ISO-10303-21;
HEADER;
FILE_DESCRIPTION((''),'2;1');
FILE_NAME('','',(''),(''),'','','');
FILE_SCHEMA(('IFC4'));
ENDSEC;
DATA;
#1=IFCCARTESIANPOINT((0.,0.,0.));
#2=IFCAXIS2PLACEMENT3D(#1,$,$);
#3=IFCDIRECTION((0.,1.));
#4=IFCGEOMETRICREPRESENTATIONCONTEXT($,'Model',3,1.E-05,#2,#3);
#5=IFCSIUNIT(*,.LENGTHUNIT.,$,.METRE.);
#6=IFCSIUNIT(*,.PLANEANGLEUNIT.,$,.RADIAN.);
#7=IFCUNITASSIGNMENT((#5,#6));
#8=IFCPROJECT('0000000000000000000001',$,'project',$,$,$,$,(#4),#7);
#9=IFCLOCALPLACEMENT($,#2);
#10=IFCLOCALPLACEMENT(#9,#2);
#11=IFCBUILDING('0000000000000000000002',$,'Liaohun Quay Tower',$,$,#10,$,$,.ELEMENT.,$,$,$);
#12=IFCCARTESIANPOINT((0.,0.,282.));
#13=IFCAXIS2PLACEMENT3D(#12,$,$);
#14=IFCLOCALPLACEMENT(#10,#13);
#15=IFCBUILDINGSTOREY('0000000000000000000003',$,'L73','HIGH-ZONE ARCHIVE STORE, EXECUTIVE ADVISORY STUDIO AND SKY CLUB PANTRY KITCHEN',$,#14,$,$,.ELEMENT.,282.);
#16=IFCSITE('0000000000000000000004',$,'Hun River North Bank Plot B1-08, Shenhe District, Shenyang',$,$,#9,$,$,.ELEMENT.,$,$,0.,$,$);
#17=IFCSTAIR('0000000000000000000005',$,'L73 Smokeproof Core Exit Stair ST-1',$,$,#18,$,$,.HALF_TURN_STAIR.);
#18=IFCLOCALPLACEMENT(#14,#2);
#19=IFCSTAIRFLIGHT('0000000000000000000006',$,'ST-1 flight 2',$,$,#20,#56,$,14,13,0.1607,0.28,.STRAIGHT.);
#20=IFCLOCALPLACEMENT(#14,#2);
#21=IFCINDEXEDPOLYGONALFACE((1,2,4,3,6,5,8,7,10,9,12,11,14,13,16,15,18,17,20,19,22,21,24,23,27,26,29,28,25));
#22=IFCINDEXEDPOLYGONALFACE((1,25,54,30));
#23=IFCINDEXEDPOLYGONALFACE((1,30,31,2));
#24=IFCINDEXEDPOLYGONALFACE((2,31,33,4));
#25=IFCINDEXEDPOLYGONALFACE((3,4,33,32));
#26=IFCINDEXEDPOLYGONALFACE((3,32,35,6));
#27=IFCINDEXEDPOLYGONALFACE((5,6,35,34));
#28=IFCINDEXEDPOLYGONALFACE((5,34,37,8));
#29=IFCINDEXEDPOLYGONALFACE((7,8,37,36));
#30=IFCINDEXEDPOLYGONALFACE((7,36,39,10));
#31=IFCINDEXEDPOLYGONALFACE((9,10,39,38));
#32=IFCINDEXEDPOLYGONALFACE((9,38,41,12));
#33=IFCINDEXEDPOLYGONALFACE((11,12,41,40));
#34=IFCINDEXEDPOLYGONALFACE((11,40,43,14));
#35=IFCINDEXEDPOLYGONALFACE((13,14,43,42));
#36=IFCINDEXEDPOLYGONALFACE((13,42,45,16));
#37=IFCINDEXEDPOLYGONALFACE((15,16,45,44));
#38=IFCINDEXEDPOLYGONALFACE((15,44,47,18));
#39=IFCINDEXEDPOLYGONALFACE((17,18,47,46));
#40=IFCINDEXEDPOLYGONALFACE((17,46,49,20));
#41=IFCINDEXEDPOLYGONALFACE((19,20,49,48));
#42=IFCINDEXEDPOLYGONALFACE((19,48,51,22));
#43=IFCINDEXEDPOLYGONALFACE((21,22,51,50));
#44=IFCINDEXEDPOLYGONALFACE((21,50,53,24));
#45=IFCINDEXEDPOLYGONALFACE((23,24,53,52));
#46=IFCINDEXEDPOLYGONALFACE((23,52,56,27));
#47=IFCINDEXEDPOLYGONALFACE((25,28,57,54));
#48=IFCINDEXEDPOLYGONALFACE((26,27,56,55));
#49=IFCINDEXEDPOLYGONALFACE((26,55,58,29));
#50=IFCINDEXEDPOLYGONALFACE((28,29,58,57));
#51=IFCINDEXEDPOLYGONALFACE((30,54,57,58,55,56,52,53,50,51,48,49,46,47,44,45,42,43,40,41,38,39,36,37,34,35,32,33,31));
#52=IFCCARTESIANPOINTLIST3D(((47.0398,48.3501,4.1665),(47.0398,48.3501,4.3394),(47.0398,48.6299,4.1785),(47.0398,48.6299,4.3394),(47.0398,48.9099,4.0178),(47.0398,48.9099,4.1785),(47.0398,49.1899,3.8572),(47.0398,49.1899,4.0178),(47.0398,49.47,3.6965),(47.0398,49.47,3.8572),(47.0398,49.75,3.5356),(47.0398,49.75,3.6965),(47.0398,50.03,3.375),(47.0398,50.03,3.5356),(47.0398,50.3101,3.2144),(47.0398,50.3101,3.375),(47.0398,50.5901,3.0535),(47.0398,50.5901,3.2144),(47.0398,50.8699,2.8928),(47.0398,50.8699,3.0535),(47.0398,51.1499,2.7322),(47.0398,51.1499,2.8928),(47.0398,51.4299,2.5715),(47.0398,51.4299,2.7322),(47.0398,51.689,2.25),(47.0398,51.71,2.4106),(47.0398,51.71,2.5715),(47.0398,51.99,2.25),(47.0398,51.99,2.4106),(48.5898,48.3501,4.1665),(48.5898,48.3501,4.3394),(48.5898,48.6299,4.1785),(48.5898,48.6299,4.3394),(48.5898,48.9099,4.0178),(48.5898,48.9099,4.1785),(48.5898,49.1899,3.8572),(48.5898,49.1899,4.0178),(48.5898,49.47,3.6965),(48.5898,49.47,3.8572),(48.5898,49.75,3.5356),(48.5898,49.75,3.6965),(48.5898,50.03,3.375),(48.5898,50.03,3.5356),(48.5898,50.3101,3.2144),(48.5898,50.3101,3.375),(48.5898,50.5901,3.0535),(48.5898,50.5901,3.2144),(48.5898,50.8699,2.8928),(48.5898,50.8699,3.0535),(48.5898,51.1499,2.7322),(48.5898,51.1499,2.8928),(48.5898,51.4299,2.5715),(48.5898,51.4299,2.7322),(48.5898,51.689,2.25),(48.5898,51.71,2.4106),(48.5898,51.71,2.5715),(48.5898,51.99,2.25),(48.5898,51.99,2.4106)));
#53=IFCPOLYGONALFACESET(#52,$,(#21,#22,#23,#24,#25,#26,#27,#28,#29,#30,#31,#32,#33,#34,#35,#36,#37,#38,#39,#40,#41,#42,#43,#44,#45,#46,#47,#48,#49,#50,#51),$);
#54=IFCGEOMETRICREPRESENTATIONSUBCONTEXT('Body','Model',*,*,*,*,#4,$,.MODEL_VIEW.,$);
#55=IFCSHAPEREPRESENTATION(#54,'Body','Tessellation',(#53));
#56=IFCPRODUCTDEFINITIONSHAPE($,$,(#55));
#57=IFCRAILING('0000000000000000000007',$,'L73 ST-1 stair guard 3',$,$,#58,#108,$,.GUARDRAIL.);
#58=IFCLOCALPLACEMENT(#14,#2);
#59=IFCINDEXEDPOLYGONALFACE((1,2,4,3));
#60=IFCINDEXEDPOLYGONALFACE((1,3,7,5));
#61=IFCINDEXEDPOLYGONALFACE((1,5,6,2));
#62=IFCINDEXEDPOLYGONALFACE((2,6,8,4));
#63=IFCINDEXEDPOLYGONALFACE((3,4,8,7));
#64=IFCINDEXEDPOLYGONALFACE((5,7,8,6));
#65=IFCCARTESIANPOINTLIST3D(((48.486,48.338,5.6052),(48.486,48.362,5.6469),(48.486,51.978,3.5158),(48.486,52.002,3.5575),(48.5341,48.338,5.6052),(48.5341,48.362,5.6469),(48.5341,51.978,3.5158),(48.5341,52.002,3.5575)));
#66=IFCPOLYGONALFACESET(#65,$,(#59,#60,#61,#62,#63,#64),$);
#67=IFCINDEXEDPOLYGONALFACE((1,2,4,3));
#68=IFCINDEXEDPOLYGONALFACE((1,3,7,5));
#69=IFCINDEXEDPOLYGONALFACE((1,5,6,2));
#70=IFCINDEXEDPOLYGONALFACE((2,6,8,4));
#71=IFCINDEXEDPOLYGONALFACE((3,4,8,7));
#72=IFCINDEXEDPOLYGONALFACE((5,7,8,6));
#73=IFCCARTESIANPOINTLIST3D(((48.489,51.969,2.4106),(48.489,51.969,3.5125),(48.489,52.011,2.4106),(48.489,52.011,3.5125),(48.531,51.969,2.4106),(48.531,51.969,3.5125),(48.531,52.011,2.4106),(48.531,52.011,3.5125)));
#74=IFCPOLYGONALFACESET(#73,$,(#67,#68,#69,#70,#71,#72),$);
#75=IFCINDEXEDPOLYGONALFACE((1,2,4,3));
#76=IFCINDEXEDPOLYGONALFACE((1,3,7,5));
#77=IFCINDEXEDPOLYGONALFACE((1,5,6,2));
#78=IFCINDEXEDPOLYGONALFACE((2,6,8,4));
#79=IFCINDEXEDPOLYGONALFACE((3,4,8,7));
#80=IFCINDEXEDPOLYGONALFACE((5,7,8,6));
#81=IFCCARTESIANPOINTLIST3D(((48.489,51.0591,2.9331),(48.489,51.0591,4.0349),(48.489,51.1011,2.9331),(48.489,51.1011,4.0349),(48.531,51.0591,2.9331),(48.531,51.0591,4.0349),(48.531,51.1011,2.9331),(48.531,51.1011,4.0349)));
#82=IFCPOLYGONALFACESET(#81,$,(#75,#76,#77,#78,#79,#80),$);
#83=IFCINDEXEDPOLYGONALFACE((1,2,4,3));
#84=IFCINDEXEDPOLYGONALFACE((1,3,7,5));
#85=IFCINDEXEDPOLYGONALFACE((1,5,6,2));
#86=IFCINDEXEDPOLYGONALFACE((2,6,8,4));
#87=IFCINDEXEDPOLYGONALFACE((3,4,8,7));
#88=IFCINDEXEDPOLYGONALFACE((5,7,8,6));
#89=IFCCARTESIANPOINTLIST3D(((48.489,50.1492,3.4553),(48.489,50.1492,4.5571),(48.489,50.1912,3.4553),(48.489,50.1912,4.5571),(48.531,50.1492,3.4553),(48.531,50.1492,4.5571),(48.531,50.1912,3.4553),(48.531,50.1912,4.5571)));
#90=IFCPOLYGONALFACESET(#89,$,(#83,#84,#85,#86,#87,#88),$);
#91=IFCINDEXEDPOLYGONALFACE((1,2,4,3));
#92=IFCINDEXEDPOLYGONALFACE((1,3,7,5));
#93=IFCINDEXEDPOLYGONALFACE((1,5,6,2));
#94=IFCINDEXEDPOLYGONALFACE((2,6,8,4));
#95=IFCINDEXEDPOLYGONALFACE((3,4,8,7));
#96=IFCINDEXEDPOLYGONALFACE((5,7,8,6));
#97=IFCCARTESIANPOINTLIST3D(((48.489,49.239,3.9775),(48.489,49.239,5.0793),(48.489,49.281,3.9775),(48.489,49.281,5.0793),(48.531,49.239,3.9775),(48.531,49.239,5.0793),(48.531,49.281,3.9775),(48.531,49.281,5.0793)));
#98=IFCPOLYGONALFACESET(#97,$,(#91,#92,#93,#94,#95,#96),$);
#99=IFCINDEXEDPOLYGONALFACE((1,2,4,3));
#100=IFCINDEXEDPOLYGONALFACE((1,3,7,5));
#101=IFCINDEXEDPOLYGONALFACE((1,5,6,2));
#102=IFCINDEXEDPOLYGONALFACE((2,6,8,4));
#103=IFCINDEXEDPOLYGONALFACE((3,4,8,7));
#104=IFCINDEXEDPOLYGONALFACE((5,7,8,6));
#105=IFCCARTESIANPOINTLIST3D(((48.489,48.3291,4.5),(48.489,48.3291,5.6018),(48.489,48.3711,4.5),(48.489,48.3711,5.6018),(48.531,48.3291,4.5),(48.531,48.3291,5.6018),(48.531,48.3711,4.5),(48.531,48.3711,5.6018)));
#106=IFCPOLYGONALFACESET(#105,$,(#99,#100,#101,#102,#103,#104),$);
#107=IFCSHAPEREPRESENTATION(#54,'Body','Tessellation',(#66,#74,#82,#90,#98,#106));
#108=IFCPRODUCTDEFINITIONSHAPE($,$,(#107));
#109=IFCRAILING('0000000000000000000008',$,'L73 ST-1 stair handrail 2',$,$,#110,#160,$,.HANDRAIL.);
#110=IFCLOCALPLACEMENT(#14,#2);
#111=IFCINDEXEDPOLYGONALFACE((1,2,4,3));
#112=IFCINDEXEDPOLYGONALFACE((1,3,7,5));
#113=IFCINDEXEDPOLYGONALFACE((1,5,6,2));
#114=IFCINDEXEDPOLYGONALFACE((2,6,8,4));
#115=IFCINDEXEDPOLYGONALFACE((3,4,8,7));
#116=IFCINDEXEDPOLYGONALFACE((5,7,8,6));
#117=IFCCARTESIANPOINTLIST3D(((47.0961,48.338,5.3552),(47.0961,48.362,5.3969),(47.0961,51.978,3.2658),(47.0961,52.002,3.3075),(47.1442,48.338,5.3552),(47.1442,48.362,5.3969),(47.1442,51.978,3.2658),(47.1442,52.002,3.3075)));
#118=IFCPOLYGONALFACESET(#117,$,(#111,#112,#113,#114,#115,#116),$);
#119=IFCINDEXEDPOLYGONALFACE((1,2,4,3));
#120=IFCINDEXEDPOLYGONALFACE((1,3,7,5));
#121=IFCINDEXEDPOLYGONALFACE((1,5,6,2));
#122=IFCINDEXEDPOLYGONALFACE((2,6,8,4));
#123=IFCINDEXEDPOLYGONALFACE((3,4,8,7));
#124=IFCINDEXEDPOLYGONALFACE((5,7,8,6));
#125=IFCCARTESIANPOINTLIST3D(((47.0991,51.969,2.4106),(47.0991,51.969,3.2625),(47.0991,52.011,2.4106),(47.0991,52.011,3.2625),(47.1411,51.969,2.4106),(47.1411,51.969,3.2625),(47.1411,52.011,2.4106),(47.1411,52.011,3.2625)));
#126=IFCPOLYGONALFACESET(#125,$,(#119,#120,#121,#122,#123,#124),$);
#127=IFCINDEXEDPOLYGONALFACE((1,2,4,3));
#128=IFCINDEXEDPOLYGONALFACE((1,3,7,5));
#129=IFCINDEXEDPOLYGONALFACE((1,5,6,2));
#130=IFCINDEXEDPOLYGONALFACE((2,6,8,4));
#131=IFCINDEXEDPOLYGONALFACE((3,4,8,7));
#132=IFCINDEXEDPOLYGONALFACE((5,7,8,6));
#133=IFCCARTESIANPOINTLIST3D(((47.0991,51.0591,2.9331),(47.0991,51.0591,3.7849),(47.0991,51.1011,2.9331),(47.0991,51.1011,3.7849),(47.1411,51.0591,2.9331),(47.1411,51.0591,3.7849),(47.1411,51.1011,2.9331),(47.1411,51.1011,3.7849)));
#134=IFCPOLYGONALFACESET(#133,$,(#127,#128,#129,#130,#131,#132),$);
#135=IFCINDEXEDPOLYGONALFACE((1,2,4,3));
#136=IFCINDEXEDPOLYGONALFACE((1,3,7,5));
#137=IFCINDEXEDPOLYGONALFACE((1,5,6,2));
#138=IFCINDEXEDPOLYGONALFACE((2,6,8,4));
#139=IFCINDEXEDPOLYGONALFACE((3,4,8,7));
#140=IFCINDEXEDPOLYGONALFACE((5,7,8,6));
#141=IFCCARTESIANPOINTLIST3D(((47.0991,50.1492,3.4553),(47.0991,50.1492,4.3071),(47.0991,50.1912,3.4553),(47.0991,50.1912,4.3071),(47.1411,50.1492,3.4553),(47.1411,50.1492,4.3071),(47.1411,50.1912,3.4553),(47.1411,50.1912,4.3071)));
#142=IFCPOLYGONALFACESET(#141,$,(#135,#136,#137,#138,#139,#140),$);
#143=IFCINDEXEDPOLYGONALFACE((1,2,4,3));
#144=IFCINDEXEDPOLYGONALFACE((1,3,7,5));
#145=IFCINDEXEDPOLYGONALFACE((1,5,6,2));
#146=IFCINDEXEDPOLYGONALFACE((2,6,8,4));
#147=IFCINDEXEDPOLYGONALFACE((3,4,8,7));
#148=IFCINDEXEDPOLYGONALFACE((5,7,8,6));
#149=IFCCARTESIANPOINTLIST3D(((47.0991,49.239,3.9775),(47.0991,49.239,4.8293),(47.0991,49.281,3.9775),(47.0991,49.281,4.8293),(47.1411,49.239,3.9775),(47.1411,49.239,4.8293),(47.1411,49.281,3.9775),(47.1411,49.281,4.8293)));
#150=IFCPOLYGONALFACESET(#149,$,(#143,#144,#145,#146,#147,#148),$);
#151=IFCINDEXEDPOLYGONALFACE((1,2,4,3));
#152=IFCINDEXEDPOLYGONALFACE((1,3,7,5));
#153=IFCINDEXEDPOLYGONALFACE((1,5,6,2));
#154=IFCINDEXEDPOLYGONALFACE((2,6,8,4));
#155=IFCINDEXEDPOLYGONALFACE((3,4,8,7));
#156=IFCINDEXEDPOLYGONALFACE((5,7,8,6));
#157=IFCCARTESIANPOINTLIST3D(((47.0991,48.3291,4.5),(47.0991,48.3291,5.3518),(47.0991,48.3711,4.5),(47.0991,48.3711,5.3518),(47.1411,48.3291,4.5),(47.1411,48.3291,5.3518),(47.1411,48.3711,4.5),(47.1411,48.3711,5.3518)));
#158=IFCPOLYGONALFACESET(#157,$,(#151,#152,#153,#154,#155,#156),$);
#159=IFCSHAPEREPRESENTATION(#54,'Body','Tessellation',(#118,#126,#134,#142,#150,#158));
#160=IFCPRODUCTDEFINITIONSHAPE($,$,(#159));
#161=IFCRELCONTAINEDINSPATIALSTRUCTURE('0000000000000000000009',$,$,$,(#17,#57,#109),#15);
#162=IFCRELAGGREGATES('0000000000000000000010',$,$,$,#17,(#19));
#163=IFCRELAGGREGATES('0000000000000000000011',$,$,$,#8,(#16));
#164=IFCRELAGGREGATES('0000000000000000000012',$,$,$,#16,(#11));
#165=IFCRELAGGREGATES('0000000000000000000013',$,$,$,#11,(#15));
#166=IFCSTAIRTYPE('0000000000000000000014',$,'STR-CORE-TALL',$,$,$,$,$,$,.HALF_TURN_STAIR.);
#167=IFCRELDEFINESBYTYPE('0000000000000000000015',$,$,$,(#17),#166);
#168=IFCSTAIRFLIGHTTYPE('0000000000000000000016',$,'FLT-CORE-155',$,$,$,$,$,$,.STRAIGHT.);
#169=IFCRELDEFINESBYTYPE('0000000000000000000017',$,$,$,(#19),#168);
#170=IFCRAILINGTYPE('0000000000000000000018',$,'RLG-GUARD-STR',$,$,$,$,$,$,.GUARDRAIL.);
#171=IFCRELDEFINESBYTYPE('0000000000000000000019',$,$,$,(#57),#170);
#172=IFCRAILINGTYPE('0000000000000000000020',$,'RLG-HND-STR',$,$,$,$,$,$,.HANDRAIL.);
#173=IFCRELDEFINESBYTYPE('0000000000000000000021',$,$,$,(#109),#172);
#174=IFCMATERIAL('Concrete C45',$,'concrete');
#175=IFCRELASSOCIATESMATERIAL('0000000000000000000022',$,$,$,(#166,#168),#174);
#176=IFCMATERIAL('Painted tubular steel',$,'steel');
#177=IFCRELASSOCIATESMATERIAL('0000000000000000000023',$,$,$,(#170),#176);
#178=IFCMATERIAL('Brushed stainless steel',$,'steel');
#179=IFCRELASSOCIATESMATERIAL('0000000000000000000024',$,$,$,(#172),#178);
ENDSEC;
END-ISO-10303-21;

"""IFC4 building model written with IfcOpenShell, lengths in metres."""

from ifc_helpers import new_model, si_unit, direction, frame, origin, origin_2d, place, context, subcontext, project, spatial, polyline, rectangle, outline, extrude, material, type_object, element, aggregate, save


model = new_model("IFC4")

# Units and contexts
model_context = context("Model", 3, precision=1e-05, world=origin(), true_north=direction((0.0, 1.0)))
body_context = subcontext(model_context, "Body", "Model", "MODEL_VIEW")
ifc_project = project(units=[si_unit("LENGTHUNIT", "METRE"), si_unit("PLANEANGLEUNIT", "RADIAN")], contexts=[model_context])

# Site, building, storey
site_placement = place(None, origin())
site = spatial("IfcSite", under=ifc_project, at=site_placement, Name="Hun River North Bank Plot B1-08, Shenhe District, Shenyang", CompositionType="ELEMENT", RefElevation=0.0)
building_placement = place(site_placement, origin())
building = spatial("IfcBuilding", under=site, at=building_placement, Name="Liaohun Quay Tower", CompositionType="ELEMENT")
storey_placement = place(building_placement, frame((0.0, 0.0, 282.0)))
storey = spatial("IfcBuildingStorey", under=building, at=storey_placement, Name="L73", Description="HIGH-ZONE ARCHIVE STORE, EXECUTIVE ADVISORY STUDIO AND SKY CLUB PANTRY KITCHEN", CompositionType="ELEMENT", Elevation=282.0)

# Stair, stair flight
ifc_material_1 = material(Name="Concrete C45", Category="concrete")
stair_type = type_object("IfcStairType", Name="STR-CORE-TALL", PredefinedType="HALF_TURN_STAIR", material=ifc_material_1)
stair_placement = place(storey_placement, origin())
stair = element("IfcStair", 1, at=stair_placement, inside=storey, type_object=stair_type, Name="L73 Smokeproof Core Exit Stair ST-1", PredefinedType="HALF_TURN_STAIR")
stair_flight_type = type_object("IfcStairFlightType", Name="FLT-CORE-155", PredefinedType="STRAIGHT", material=ifc_material_1)
stair_flight_placement = place(storey_placement, frame((47.8149, 51.99, 2.25), z_axis=(0.0, 0.0, 1.0), x_axis=(0.0, -1.0, 0.0)))
stair_flight = element("IfcStairFlight", 2, at=stair_flight_placement, type_object=stair_flight_type, Name="ST-1 flight 2", NumberOfRisers=14, NumberOfTreads=13, PredefinedType="STRAIGHT", RiserHeight=0.1607, TreadLength=0.28, context=body_context, shape_type="SweptSolid", body=[
    extrude(outline(polyline([(0.0, 0.0), (0.0, 0.1606), (0.28, 0.1606), (0.28, 0.3215), (0.5601, 0.3215), (0.5601, 0.4822), (0.8401, 0.4822), (0.8401, 0.6428), (1.1201, 0.6428), (1.1201, 0.8035), (1.3999, 0.8035), (1.3999, 0.9644), (1.6799, 0.9644), (1.6799, 1.125), (1.96, 1.125), (1.96, 1.2856), (2.24, 1.2856), (2.24, 1.4465), (2.52, 1.4465), (2.52, 1.6072), (2.8, 1.6072), (2.8, 1.7678), (3.0801, 1.7678), (3.0801, 1.9285), (3.3601, 1.9285), (3.3601, 2.0894), (3.6399, 2.0894), (3.6399, 2.25), (3.6399, 1.9165), (0.301, 0.0), (0.0, 0.0)])), frame((0.0, 0.7749, 0.0), z_axis=(0.0, -1.0, 0.0), x_axis=(1.0, 0.0, 0.0)), (0.0, 0.0, 1.0), 1.55),
])
aggregate(stair, [stair_flight])

# Railings
ifc_material_2 = material(Name="Painted tubular steel", Category="steel")
railing_type_1 = type_object("IfcRailingType", Name="RLG-GUARD-STR", PredefinedType="GUARDRAIL", material=ifc_material_2)
railing_1_placement = place(storey_placement, frame((48.51, 51.99, 2.4106)))
element("IfcRailing", 3, at=railing_1_placement, inside=storey, type_object=railing_type_1, Name="L73 ST-1 stair guard 3", PredefinedType="GUARDRAIL", context=body_context, shape_type="SweptSolid", body=[
    extrude(rectangle(XDim=0.0481, YDim=0.0481, at=origin_2d()), frame((0.0, 0.0, 1.126), z_axis=(0.0, -0.867275, 0.497829), x_axis=(1.0, 0.0, 0.0)), (0.0, 0.0, 1.0), 4.197),
    extrude(rectangle(XDim=0.042, YDim=0.042, at=origin_2d()), origin(), (0.0, 0.0, 1.0), 1.1018),
    extrude(rectangle(XDim=0.042, YDim=0.042, at=origin_2d()), frame((0.0, -0.9099, 0.5225)), (0.0, 0.0, 1.0), 1.1018),
    extrude(rectangle(XDim=0.042, YDim=0.042, at=origin_2d()), frame((0.0, -1.8198, 1.0447)), (0.0, 0.0, 1.0), 1.1018),
    extrude(rectangle(XDim=0.042, YDim=0.042, at=origin_2d()), frame((0.0, -2.73, 1.5669)), (0.0, 0.0, 1.0), 1.1018),
    extrude(rectangle(XDim=0.042, YDim=0.042, at=origin_2d()), frame((0.0, -3.6399, 2.0894)), (0.0, 0.0, 1.0), 1.1018),
])
ifc_material_3 = material(Name="Brushed stainless steel", Category="steel")
railing_type_2 = type_object("IfcRailingType", Name="RLG-HND-STR", PredefinedType="HANDRAIL", material=ifc_material_3)
railing_2_placement = place(storey_placement, frame((47.1201, 51.99, 2.4106)))
element("IfcRailing", 4, at=railing_2_placement, inside=storey, type_object=railing_type_2, Name="L73 ST-1 stair handrail 2", PredefinedType="HANDRAIL", context=body_context, shape_type="SweptSolid", body=[
    extrude(rectangle(XDim=0.0481, YDim=0.0481, at=origin_2d()), frame((0.0, 0.0, 0.876), z_axis=(0.0, -0.867275, 0.497829), x_axis=(1.0, 0.0, 0.0)), (0.0, 0.0, 1.0), 4.197),
    extrude(rectangle(XDim=0.042, YDim=0.042, at=origin_2d()), origin(), (0.0, 0.0, 1.0), 0.8518),
    extrude(rectangle(XDim=0.042, YDim=0.042, at=origin_2d()), frame((0.0, -0.9099, 0.5225)), (0.0, 0.0, 1.0), 0.8518),
    extrude(rectangle(XDim=0.042, YDim=0.042, at=origin_2d()), frame((0.0, -1.8198, 1.0447)), (0.0, 0.0, 1.0), 0.8518),
    extrude(rectangle(XDim=0.042, YDim=0.042, at=origin_2d()), frame((0.0, -2.73, 1.5669)), (0.0, 0.0, 1.0), 0.8518),
    extrude(rectangle(XDim=0.042, YDim=0.042, at=origin_2d()), frame((0.0, -3.6399, 2.0894)), (0.0, 0.0, 1.0), 0.8518),
])

save(model, "model.ifc")
